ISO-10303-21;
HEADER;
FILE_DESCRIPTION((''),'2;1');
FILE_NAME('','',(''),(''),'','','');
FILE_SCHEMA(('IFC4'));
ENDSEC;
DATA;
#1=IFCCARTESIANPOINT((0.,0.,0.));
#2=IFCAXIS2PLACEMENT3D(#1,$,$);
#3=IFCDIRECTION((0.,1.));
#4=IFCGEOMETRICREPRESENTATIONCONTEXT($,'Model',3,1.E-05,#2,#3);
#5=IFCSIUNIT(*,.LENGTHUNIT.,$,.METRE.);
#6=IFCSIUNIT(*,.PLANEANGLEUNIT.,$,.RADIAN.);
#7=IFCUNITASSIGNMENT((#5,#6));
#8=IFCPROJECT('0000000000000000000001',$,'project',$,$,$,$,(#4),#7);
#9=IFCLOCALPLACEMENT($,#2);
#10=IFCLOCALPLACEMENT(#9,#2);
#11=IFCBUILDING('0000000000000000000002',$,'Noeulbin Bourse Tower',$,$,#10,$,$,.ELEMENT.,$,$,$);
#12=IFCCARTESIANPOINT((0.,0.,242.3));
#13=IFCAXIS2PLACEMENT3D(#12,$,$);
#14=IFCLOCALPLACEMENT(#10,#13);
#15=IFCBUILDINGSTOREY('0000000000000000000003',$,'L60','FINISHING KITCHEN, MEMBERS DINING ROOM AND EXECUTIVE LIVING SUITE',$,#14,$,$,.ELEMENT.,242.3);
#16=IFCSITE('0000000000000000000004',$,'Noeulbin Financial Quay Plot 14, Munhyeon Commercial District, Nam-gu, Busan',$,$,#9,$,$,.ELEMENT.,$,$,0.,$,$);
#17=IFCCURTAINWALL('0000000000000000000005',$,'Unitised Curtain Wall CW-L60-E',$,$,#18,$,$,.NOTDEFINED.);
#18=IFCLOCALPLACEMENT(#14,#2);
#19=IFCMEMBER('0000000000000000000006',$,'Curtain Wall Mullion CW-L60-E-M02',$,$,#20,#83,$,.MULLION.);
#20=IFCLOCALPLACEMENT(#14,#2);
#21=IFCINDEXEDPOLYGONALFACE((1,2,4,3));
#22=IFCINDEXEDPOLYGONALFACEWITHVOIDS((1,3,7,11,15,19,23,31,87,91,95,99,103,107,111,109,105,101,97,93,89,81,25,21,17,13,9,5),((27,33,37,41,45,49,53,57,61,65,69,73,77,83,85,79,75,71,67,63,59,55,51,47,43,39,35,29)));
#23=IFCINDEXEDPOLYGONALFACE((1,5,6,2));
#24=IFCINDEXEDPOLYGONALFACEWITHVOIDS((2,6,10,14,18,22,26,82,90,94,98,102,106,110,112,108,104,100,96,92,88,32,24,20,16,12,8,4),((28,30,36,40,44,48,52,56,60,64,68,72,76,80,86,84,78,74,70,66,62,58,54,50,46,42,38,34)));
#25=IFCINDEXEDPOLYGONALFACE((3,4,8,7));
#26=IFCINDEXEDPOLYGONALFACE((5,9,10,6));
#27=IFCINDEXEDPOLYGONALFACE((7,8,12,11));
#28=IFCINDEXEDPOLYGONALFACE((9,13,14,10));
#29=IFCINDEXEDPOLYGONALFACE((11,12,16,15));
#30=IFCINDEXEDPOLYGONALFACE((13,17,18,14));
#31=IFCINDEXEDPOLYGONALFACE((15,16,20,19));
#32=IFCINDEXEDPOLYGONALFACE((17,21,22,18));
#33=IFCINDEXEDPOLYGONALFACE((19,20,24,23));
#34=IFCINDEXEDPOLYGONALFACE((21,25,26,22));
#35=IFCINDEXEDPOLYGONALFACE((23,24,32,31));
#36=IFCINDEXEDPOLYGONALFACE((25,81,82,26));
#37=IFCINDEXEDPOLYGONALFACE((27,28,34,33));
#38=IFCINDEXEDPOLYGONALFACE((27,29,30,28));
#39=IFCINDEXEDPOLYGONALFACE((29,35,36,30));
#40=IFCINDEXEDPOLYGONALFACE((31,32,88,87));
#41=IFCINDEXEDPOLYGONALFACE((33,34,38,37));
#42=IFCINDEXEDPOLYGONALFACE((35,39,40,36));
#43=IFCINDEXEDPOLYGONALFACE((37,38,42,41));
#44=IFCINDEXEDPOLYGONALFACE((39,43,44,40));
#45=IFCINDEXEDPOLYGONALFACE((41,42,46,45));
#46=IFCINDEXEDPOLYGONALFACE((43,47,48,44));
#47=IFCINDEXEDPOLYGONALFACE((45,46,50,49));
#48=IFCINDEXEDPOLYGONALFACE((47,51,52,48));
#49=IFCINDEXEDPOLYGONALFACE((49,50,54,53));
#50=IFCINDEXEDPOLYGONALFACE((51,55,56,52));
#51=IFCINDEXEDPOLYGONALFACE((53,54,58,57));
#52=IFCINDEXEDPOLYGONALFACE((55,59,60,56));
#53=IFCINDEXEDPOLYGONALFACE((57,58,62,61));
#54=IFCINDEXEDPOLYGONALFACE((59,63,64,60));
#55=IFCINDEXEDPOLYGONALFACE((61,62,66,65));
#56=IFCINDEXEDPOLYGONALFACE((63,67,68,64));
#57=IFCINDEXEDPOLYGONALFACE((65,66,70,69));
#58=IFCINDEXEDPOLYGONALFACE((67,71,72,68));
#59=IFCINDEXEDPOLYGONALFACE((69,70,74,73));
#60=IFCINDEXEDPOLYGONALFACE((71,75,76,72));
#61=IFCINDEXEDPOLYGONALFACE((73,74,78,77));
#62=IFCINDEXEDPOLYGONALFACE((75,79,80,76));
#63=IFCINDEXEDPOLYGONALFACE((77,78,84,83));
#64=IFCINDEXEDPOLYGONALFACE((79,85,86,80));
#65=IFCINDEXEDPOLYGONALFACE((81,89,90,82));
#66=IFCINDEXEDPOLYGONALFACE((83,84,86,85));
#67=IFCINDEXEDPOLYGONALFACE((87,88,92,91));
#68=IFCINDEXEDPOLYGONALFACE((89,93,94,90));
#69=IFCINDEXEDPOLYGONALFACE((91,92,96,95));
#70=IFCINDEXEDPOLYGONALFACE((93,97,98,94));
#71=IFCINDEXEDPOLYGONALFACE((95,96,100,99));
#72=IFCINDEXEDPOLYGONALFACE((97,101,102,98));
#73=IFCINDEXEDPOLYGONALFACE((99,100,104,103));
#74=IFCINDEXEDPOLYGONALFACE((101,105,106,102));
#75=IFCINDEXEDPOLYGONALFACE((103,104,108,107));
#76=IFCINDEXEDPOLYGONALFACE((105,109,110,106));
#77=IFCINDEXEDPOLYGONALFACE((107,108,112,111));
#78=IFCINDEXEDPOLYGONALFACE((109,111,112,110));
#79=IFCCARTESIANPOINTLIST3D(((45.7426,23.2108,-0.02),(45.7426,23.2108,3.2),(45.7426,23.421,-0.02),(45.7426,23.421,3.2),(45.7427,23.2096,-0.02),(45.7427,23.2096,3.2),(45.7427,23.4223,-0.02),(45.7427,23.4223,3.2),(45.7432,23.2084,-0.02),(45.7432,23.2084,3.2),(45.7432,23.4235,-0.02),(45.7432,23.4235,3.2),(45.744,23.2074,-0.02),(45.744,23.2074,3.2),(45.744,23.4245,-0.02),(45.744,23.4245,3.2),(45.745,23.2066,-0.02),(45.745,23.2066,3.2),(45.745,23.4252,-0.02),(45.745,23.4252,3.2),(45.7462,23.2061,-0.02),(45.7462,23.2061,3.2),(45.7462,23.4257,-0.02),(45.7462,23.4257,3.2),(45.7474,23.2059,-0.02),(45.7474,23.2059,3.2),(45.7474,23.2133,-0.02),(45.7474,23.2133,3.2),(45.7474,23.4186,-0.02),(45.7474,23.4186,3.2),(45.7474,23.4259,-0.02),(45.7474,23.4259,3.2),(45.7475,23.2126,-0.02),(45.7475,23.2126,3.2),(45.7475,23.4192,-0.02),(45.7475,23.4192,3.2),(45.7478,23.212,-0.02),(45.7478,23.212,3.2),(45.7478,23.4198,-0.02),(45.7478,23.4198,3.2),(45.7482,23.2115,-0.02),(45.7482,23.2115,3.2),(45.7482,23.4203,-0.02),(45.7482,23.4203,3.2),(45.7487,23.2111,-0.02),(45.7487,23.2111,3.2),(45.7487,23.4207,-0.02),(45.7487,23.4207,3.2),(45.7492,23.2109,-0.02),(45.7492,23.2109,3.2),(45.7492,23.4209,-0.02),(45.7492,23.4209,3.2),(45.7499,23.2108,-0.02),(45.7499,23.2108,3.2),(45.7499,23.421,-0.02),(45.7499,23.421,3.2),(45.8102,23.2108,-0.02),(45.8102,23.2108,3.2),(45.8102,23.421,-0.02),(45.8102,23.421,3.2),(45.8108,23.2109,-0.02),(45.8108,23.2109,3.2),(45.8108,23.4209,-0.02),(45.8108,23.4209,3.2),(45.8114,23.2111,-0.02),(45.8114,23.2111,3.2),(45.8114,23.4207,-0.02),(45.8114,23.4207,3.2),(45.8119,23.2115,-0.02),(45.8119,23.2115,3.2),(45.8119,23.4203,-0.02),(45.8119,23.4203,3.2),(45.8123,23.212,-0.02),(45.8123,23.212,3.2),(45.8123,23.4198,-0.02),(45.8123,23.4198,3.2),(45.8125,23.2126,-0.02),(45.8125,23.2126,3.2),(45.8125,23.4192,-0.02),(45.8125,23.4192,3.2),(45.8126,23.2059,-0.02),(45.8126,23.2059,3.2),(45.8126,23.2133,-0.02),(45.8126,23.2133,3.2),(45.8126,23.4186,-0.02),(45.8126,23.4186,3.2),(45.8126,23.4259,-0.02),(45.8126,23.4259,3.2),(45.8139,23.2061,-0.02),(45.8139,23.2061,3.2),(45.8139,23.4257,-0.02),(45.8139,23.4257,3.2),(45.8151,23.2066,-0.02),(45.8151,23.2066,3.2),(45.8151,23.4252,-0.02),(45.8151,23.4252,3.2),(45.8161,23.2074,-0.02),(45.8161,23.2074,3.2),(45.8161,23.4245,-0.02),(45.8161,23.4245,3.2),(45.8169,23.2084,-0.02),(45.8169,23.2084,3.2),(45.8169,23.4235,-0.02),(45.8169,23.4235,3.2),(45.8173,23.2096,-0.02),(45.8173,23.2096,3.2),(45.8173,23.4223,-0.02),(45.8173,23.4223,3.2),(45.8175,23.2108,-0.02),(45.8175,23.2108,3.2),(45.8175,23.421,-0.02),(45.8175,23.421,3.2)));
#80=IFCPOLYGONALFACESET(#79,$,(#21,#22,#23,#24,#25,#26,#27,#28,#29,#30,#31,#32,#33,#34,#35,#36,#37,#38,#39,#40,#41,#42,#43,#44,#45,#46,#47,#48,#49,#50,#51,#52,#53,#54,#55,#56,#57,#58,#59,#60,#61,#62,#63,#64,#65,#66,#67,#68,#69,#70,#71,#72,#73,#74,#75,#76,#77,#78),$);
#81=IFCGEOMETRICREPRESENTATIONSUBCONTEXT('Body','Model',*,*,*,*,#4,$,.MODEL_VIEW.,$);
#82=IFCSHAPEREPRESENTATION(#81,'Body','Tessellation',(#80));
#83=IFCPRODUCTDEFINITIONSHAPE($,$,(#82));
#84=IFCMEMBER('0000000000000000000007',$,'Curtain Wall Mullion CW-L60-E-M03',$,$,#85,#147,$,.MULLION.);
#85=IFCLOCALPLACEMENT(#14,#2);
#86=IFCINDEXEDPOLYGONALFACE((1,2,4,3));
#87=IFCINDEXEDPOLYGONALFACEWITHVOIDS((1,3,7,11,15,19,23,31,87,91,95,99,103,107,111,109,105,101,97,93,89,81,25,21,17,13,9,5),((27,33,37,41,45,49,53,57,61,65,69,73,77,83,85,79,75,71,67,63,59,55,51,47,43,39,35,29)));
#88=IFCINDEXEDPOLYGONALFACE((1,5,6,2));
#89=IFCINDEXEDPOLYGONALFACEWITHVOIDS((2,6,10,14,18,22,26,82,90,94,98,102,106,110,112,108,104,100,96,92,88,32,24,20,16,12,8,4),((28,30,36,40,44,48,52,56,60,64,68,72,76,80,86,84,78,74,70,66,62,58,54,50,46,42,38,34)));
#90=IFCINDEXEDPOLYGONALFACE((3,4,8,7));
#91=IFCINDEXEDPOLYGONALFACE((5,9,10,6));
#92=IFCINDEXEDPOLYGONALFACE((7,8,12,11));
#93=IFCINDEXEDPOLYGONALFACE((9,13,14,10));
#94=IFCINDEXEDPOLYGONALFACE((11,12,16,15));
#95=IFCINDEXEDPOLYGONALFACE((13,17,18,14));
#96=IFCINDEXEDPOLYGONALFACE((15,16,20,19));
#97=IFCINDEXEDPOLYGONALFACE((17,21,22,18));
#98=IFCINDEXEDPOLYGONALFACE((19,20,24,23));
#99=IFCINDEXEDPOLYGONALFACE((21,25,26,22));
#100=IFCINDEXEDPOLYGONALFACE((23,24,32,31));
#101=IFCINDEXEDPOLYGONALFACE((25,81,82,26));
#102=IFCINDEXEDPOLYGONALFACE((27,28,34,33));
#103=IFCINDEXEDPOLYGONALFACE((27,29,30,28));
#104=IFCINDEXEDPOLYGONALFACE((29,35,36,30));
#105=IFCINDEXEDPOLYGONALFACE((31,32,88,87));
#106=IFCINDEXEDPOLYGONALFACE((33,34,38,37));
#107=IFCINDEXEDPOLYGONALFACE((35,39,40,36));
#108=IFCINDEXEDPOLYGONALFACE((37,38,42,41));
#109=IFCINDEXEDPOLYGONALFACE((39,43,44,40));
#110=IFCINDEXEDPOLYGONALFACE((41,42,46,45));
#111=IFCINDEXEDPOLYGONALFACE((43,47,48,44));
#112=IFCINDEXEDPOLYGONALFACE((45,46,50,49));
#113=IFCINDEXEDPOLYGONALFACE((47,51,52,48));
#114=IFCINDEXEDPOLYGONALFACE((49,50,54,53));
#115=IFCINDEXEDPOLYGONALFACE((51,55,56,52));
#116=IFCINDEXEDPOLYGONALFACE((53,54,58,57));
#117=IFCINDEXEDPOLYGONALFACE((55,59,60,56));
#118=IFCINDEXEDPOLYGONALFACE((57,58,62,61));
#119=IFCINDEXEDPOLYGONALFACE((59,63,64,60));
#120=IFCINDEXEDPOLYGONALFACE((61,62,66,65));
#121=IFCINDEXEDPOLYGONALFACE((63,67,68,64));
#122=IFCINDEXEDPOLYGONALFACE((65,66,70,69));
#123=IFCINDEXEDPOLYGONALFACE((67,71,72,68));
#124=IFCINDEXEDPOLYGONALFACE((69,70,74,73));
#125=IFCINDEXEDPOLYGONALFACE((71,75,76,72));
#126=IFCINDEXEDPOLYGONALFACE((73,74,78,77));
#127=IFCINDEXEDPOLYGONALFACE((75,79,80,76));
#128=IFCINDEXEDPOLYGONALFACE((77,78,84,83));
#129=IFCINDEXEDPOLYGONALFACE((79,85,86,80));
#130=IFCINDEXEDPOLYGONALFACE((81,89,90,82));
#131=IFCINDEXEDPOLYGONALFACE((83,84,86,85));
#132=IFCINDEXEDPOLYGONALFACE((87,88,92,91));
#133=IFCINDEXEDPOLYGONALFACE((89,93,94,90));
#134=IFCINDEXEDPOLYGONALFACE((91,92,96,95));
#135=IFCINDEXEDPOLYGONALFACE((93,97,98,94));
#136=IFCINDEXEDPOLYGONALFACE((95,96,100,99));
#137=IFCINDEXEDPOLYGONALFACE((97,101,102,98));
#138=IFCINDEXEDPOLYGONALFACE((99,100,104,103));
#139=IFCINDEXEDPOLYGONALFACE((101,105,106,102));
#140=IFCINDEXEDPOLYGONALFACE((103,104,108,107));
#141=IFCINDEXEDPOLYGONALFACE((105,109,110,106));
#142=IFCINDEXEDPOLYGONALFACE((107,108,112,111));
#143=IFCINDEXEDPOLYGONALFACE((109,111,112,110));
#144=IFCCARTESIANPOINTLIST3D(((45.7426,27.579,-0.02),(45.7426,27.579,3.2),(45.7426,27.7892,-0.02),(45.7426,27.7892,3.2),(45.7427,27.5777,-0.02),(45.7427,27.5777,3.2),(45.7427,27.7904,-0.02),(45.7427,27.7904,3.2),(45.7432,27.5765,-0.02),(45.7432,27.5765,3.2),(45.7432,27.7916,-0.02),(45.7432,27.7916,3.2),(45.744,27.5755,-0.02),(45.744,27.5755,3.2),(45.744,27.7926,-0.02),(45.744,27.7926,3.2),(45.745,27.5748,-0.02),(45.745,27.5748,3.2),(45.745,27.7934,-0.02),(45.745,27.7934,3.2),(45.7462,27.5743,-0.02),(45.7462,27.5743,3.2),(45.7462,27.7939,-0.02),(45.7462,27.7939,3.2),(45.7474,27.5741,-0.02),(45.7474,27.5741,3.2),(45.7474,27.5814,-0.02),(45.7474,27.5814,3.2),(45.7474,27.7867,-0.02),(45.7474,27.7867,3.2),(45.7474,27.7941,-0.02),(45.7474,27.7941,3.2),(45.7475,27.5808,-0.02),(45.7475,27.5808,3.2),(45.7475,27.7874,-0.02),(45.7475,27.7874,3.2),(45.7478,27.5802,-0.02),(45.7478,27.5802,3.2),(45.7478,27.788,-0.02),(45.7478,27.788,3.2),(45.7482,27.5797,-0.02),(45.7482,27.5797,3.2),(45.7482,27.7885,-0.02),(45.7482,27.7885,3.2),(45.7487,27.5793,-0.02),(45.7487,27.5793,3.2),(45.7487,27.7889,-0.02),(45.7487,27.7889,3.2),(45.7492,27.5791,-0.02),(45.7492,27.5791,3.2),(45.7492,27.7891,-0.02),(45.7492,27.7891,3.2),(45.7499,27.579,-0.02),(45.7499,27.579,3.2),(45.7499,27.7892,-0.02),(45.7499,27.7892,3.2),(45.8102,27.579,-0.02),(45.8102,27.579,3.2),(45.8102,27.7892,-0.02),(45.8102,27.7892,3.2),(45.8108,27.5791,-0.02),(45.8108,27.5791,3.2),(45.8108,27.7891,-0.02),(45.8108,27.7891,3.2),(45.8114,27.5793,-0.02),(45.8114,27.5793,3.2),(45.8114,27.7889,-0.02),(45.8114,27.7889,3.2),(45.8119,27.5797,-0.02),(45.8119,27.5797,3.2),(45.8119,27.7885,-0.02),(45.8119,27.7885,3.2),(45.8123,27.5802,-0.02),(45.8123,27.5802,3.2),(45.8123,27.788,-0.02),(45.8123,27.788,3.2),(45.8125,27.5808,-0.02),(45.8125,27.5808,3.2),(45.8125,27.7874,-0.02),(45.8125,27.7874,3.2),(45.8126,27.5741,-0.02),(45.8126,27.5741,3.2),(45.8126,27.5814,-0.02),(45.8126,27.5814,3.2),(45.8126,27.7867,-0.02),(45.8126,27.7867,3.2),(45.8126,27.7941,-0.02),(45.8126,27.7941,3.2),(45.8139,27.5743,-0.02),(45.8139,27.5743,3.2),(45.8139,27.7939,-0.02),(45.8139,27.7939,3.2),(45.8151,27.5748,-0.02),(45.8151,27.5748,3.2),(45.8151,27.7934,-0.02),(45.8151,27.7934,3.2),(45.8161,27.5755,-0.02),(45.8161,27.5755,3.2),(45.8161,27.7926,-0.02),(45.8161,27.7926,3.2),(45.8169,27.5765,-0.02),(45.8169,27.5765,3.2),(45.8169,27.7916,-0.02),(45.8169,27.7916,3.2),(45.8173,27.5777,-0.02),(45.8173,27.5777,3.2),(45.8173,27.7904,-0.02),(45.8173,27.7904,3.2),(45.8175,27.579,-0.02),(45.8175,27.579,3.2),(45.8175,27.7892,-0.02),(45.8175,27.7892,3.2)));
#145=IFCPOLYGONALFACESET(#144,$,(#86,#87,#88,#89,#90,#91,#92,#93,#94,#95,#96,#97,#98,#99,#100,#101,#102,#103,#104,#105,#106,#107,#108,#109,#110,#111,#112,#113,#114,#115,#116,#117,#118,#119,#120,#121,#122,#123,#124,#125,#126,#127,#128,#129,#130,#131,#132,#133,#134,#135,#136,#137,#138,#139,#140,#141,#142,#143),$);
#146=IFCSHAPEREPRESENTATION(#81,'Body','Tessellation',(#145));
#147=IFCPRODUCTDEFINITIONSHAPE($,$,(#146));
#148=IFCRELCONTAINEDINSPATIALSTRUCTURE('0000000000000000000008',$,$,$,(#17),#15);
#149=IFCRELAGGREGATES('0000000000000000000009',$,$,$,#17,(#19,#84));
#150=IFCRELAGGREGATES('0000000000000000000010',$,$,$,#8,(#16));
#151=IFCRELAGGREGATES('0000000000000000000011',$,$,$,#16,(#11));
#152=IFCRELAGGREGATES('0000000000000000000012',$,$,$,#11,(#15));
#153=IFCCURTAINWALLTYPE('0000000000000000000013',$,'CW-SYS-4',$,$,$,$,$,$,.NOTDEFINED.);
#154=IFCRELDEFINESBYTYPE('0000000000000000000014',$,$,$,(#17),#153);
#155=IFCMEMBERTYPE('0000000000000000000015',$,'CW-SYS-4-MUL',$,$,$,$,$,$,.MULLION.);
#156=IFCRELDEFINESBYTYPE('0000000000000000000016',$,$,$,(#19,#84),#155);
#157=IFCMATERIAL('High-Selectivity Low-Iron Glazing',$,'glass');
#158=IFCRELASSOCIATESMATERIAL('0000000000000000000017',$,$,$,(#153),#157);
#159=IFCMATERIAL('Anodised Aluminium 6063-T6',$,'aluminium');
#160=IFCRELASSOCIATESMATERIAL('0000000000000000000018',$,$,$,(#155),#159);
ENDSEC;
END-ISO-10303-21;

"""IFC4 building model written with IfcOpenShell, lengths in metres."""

from ifc_helpers import new_model, si_unit, direction, frame, origin, origin_2d, place, context, subcontext, project, spatial, hollow_rectangle, extrude, material, material_profile, profile_set, type_object, element, aggregate, save


model = new_model("IFC4")

# Units and contexts
model_context = context("Model", 3, precision=1e-05, world=origin(), true_north=direction((0.0, 1.0)))
body_context = subcontext(model_context, "Body", "Model", "MODEL_VIEW")
ifc_project = project(units=[si_unit("LENGTHUNIT", "METRE"), si_unit("PLANEANGLEUNIT", "RADIAN")], contexts=[model_context])

# Site, building, storey
site_placement = place(None, origin())
site = spatial("IfcSite", under=ifc_project, at=site_placement, Name="Noeulbin Financial Quay Plot 14, Munhyeon Commercial District, Nam-gu, Busan", CompositionType="ELEMENT", RefElevation=0.0)
building_placement = place(site_placement, origin())
building = spatial("IfcBuilding", under=site, at=building_placement, Name="Noeulbin Bourse Tower", CompositionType="ELEMENT")
storey_placement = place(building_placement, frame((0.0, 0.0, 242.3)))
storey = spatial("IfcBuildingStorey", under=building, at=storey_placement, Name="L60", Description="FINISHING KITCHEN, MEMBERS DINING ROOM AND EXECUTIVE LIVING SUITE", CompositionType="ELEMENT", Elevation=242.3)

# Curtain wall, members
ifc_material_1 = material(Name="High-Selectivity Low-Iron Glazing", Category="glass")
curtain_wall_type = type_object("IfcCurtainWallType", Name="CW-SYS-4", PredefinedType="NOTDEFINED", material=ifc_material_1)
ifc_material_2 = material(Name="Anodised Aluminium 6063-T6", Category="aluminium")
ifc_material_profile_1 = material_profile(ifc_material_2, hollow_rectangle(XDim=0.075, YDim=0.22, WallThickness=0.0049, InnerFilletRadius=0.0024, OuterFilletRadius=0.0049, at=origin_2d()), Name="ALU-MULL-75x220x5", Category="LoadBearing")
ifc_profile_set_1 = profile_set([ifc_material_profile_1], Name="Anodised Aluminium 6063-T6")
member_type_1 = type_object("IfcMemberType", Name="CW-SYS-4-MUL", PredefinedType="MULLION", material=ifc_profile_set_1)
curtain_wall_1_placement = place(storey_placement, origin())
curtain_wall_1 = element("IfcCurtainWall", 1, at=curtain_wall_1_placement, inside=storey, type_object=curtain_wall_type, Name="Unitised Curtain Wall CW-L60-E", PredefinedType="NOTDEFINED")
member_1_placement = place(storey_placement, frame((45.78, 23.3159, -0.02), z_axis=(0.0, 0.0, 1.0), x_axis=(1.0, 0.0, 0.0)))
member_1 = element("IfcMember", 2, at=member_1_placement, type_object=member_type_1, Name="Curtain Wall Mullion CW-L60-E-M02", PredefinedType="MULLION", context=body_context, shape_type="SweptSolid", body=[
    extrude(hollow_rectangle(XDim=0.075, YDim=0.22, WallThickness=0.0049, InnerFilletRadius=0.0024, OuterFilletRadius=0.0049, at=origin_2d()), origin(), (0.0, 0.0, 1.0), 3.22),
])
member_2_placement = place(storey_placement, frame((45.78, 27.6841, -0.02), z_axis=(0.0, 0.0, 1.0), x_axis=(1.0, 0.0, 0.0)))
member_2 = element("IfcMember", 3, at=member_2_placement, type_object=member_type_1, Name="Curtain Wall Mullion CW-L60-E-M03", PredefinedType="MULLION", context=body_context, shape_type="SweptSolid", body=[
    extrude(hollow_rectangle(XDim=0.075, YDim=0.22, WallThickness=0.0049, InnerFilletRadius=0.0024, OuterFilletRadius=0.0049, at=origin_2d()), origin(), (0.0, 0.0, 1.0), 3.22),
])

aggregate(curtain_wall_1, [member_1, member_2])

save(model, "model.ifc")
